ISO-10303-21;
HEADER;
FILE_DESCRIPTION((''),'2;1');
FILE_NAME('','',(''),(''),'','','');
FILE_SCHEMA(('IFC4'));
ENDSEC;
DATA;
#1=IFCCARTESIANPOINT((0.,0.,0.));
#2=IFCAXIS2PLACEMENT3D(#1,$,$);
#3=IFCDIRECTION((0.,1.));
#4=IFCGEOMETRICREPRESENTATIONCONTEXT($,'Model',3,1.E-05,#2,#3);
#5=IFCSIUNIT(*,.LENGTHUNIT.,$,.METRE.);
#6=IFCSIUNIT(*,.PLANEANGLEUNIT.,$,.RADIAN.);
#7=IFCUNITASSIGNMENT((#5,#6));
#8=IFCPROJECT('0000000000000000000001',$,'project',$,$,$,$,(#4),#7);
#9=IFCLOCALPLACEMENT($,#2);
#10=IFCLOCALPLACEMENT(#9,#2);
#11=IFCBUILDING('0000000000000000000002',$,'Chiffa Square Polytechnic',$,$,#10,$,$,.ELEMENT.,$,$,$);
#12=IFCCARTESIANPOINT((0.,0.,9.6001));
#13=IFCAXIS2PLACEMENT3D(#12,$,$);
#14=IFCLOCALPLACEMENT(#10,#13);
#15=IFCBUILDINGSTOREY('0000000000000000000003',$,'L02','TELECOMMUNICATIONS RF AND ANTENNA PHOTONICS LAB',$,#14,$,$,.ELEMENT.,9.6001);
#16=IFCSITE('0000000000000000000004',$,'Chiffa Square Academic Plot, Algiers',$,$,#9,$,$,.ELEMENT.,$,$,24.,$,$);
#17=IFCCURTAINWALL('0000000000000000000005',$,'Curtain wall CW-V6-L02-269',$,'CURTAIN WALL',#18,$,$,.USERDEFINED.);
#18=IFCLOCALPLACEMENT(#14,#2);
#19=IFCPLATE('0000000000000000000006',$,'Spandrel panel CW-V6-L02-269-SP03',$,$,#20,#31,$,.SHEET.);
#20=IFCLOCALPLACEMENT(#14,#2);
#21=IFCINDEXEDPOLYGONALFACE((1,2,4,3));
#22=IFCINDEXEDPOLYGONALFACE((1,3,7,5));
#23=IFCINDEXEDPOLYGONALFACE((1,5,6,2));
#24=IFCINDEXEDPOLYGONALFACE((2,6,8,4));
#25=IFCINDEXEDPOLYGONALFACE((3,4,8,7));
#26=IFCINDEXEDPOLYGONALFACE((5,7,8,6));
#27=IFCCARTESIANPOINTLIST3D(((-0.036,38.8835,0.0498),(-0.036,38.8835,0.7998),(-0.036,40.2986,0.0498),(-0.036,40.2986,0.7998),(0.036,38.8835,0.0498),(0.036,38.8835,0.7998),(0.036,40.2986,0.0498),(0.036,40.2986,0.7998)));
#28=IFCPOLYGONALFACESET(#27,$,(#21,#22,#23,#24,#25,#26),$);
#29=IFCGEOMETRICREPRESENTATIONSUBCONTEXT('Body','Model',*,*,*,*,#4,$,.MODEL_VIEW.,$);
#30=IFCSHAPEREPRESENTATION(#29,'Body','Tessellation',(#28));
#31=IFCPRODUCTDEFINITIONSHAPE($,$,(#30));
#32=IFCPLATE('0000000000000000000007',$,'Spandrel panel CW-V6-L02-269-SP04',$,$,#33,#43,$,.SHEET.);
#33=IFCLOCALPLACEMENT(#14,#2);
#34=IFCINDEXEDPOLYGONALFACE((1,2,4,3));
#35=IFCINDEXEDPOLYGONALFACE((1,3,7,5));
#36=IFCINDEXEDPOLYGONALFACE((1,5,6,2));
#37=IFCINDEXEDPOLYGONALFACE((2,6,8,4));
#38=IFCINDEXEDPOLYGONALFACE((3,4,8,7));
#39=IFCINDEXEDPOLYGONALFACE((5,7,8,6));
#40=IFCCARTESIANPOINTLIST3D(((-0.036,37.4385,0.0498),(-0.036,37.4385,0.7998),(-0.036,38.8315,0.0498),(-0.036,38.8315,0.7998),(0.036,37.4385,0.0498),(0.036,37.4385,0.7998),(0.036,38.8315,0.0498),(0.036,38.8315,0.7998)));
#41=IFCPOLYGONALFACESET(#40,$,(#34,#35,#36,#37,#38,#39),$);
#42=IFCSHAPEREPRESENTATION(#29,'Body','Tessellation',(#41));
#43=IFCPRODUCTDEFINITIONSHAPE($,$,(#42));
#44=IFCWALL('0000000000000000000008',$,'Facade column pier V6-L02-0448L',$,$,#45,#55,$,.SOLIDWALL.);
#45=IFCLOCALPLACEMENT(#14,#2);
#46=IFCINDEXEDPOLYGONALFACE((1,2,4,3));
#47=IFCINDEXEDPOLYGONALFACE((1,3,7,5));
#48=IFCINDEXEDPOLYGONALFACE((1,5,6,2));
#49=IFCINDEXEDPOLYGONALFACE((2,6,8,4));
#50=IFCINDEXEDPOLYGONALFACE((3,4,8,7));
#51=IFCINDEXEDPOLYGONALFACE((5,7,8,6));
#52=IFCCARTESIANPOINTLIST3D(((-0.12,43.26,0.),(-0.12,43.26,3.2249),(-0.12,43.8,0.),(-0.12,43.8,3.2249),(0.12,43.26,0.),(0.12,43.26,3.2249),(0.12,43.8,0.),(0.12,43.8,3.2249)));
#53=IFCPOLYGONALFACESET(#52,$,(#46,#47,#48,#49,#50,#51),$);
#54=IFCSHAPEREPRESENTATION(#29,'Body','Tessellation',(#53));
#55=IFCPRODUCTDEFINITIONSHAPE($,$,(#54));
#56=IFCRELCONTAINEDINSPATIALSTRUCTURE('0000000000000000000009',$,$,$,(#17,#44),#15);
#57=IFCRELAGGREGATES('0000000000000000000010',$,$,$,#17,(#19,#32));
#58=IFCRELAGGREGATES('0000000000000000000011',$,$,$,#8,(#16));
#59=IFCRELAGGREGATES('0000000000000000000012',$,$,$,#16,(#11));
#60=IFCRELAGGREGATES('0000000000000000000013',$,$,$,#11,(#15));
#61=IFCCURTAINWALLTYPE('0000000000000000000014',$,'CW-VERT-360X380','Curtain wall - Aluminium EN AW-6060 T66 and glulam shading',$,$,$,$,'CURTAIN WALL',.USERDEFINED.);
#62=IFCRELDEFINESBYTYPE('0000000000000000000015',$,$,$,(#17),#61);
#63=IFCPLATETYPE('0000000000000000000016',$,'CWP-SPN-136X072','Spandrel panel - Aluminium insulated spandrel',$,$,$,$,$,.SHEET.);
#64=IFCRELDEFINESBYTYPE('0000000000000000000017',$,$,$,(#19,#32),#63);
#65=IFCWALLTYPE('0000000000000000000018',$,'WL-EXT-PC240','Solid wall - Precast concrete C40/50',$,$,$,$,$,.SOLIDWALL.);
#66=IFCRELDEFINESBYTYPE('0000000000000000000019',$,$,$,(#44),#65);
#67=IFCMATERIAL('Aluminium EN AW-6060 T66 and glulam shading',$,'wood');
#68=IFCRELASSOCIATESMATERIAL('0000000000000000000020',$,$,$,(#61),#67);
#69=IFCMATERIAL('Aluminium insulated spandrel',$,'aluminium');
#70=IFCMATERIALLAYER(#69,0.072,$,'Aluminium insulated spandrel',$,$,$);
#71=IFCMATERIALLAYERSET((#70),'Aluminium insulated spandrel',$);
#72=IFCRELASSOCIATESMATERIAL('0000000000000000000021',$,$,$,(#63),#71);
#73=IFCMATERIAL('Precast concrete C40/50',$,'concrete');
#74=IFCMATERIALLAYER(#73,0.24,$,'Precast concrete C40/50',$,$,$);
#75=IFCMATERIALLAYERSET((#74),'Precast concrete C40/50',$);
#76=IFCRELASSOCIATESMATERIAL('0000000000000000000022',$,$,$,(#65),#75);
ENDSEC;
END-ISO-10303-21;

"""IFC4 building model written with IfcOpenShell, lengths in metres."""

from ifc_helpers import new_model, si_unit, direction, frame, frame_2d, origin, origin_2d, place, context, subcontext, project, spatial, rectangle, extrude, material, layer, layer_set, type_object, element, aggregate, save


model = new_model("IFC4")

# Units and contexts
model_context = context("Model", 3, precision=1e-05, world=origin(), true_north=direction((0.0, 1.0)))
body_context = subcontext(model_context, "Body", "Model", "MODEL_VIEW")
ifc_project = project(units=[si_unit("LENGTHUNIT", "METRE"), si_unit("PLANEANGLEUNIT", "RADIAN")], contexts=[model_context])

# Site, building, storey
site_placement = place(None, origin())
site = spatial("IfcSite", under=ifc_project, at=site_placement, Name="Chiffa Square Academic Plot, Algiers", CompositionType="ELEMENT", RefElevation=24.0)
building_placement = place(site_placement, origin())
building = spatial("IfcBuilding", under=site, at=building_placement, Name="Chiffa Square Polytechnic", CompositionType="ELEMENT")
storey_placement = place(building_placement, frame((0.0, 0.0, 9.6001)))
storey = spatial("IfcBuildingStorey", under=building, at=storey_placement, Name="L02", Description="TELECOMMUNICATIONS RF AND ANTENNA PHOTONICS LAB", CompositionType="ELEMENT", Elevation=9.6001)

# Curtain wall
ifc_material_1 = material(Name="Aluminium EN AW-6060 T66 and glulam shading", Category="wood")
curtain_wall_type = type_object("IfcCurtainWallType", Name="CW-VERT-360X380", Description="Curtain wall - Aluminium EN AW-6060 T66 and glulam shading", ElementType="CURTAIN WALL", PredefinedType="USERDEFINED", material=ifc_material_1)
curtain_wall_placement = place(storey_placement, origin())
curtain_wall = element("IfcCurtainWall", 1, at=curtain_wall_placement, inside=storey, type_object=curtain_wall_type, Name="Curtain wall CW-V6-L02-269", ObjectType="CURTAIN WALL", PredefinedType="USERDEFINED")

# Plates
ifc_material_2 = material(Name="Aluminium insulated spandrel", Category="aluminium")
ifc_layer_1 = layer(ifc_material_2, 0.072, Name="Aluminium insulated spandrel")
ifc_layer_set_1 = layer_set([ifc_layer_1], Name="Aluminium insulated spandrel")
plate_type_1 = type_object("IfcPlateType", Name="CWP-SPN-136X072", Description="Spandrel panel - Aluminium insulated spandrel", PredefinedType="SHEET", material=ifc_layer_set_1)
plate_1_placement = place(storey_placement, frame((0.0, 39.5911, 0.0498), z_axis=(0.0, 0.0, 1.0), x_axis=(0.0, -1.0, 0.0)))
plate_1 = element("IfcPlate", 2, at=plate_1_placement, type_object=plate_type_1, Name="Spandrel panel CW-V6-L02-269-SP03", PredefinedType="SHEET", context=body_context, shape_type="SweptSolid", body=[
    extrude(rectangle(XDim=1.415, YDim=0.072, at=origin_2d()), origin(), (0.0, 0.0, 1.0), 0.75),
])
plate_2_placement = place(storey_placement, frame((0.0, 38.135, 0.0498), z_axis=(0.0, 0.0, 1.0), x_axis=(0.0, -1.0, 0.0)))
plate_2 = element("IfcPlate", 3, at=plate_2_placement, type_object=plate_type_1, Name="Spandrel panel CW-V6-L02-269-SP04", PredefinedType="SHEET", context=body_context, shape_type="SweptSolid", body=[
    extrude(rectangle(XDim=1.3931, YDim=0.072, at=origin_2d()), origin(), (0.0, 0.0, 1.0), 0.75),
])
aggregate(curtain_wall, [plate_1, plate_2])

# Wall
ifc_material_3 = material(Name="Precast concrete C40/50", Category="concrete")
ifc_layer_2 = layer(ifc_material_3, 0.24, Name="Precast concrete C40/50")
ifc_layer_set_2 = layer_set([ifc_layer_2], Name="Precast concrete C40/50")
wall_type = type_object("IfcWallType", Name="WL-EXT-PC240", Description="Solid wall - Precast concrete C40/50", PredefinedType="SOLIDWALL", material=ifc_layer_set_2)
wall_placement = place(storey_placement, frame((0.0, 43.8, 0.0), z_axis=(0.0, 0.0, 1.0), x_axis=(0.0, -1.0, 0.0)))
element("IfcWall", 4, at=wall_placement, inside=storey, type_object=wall_type, Name="Facade column pier V6-L02-0448L", PredefinedType="SOLIDWALL", context=body_context, shape_type="SweptSolid", body=[
    extrude(rectangle(XDim=0.54, YDim=0.24, at=frame_2d((0.27, 0.0))), origin(), (0.0, 0.0, 1.0), 3.2249),
])

save(model, "model.ifc")
